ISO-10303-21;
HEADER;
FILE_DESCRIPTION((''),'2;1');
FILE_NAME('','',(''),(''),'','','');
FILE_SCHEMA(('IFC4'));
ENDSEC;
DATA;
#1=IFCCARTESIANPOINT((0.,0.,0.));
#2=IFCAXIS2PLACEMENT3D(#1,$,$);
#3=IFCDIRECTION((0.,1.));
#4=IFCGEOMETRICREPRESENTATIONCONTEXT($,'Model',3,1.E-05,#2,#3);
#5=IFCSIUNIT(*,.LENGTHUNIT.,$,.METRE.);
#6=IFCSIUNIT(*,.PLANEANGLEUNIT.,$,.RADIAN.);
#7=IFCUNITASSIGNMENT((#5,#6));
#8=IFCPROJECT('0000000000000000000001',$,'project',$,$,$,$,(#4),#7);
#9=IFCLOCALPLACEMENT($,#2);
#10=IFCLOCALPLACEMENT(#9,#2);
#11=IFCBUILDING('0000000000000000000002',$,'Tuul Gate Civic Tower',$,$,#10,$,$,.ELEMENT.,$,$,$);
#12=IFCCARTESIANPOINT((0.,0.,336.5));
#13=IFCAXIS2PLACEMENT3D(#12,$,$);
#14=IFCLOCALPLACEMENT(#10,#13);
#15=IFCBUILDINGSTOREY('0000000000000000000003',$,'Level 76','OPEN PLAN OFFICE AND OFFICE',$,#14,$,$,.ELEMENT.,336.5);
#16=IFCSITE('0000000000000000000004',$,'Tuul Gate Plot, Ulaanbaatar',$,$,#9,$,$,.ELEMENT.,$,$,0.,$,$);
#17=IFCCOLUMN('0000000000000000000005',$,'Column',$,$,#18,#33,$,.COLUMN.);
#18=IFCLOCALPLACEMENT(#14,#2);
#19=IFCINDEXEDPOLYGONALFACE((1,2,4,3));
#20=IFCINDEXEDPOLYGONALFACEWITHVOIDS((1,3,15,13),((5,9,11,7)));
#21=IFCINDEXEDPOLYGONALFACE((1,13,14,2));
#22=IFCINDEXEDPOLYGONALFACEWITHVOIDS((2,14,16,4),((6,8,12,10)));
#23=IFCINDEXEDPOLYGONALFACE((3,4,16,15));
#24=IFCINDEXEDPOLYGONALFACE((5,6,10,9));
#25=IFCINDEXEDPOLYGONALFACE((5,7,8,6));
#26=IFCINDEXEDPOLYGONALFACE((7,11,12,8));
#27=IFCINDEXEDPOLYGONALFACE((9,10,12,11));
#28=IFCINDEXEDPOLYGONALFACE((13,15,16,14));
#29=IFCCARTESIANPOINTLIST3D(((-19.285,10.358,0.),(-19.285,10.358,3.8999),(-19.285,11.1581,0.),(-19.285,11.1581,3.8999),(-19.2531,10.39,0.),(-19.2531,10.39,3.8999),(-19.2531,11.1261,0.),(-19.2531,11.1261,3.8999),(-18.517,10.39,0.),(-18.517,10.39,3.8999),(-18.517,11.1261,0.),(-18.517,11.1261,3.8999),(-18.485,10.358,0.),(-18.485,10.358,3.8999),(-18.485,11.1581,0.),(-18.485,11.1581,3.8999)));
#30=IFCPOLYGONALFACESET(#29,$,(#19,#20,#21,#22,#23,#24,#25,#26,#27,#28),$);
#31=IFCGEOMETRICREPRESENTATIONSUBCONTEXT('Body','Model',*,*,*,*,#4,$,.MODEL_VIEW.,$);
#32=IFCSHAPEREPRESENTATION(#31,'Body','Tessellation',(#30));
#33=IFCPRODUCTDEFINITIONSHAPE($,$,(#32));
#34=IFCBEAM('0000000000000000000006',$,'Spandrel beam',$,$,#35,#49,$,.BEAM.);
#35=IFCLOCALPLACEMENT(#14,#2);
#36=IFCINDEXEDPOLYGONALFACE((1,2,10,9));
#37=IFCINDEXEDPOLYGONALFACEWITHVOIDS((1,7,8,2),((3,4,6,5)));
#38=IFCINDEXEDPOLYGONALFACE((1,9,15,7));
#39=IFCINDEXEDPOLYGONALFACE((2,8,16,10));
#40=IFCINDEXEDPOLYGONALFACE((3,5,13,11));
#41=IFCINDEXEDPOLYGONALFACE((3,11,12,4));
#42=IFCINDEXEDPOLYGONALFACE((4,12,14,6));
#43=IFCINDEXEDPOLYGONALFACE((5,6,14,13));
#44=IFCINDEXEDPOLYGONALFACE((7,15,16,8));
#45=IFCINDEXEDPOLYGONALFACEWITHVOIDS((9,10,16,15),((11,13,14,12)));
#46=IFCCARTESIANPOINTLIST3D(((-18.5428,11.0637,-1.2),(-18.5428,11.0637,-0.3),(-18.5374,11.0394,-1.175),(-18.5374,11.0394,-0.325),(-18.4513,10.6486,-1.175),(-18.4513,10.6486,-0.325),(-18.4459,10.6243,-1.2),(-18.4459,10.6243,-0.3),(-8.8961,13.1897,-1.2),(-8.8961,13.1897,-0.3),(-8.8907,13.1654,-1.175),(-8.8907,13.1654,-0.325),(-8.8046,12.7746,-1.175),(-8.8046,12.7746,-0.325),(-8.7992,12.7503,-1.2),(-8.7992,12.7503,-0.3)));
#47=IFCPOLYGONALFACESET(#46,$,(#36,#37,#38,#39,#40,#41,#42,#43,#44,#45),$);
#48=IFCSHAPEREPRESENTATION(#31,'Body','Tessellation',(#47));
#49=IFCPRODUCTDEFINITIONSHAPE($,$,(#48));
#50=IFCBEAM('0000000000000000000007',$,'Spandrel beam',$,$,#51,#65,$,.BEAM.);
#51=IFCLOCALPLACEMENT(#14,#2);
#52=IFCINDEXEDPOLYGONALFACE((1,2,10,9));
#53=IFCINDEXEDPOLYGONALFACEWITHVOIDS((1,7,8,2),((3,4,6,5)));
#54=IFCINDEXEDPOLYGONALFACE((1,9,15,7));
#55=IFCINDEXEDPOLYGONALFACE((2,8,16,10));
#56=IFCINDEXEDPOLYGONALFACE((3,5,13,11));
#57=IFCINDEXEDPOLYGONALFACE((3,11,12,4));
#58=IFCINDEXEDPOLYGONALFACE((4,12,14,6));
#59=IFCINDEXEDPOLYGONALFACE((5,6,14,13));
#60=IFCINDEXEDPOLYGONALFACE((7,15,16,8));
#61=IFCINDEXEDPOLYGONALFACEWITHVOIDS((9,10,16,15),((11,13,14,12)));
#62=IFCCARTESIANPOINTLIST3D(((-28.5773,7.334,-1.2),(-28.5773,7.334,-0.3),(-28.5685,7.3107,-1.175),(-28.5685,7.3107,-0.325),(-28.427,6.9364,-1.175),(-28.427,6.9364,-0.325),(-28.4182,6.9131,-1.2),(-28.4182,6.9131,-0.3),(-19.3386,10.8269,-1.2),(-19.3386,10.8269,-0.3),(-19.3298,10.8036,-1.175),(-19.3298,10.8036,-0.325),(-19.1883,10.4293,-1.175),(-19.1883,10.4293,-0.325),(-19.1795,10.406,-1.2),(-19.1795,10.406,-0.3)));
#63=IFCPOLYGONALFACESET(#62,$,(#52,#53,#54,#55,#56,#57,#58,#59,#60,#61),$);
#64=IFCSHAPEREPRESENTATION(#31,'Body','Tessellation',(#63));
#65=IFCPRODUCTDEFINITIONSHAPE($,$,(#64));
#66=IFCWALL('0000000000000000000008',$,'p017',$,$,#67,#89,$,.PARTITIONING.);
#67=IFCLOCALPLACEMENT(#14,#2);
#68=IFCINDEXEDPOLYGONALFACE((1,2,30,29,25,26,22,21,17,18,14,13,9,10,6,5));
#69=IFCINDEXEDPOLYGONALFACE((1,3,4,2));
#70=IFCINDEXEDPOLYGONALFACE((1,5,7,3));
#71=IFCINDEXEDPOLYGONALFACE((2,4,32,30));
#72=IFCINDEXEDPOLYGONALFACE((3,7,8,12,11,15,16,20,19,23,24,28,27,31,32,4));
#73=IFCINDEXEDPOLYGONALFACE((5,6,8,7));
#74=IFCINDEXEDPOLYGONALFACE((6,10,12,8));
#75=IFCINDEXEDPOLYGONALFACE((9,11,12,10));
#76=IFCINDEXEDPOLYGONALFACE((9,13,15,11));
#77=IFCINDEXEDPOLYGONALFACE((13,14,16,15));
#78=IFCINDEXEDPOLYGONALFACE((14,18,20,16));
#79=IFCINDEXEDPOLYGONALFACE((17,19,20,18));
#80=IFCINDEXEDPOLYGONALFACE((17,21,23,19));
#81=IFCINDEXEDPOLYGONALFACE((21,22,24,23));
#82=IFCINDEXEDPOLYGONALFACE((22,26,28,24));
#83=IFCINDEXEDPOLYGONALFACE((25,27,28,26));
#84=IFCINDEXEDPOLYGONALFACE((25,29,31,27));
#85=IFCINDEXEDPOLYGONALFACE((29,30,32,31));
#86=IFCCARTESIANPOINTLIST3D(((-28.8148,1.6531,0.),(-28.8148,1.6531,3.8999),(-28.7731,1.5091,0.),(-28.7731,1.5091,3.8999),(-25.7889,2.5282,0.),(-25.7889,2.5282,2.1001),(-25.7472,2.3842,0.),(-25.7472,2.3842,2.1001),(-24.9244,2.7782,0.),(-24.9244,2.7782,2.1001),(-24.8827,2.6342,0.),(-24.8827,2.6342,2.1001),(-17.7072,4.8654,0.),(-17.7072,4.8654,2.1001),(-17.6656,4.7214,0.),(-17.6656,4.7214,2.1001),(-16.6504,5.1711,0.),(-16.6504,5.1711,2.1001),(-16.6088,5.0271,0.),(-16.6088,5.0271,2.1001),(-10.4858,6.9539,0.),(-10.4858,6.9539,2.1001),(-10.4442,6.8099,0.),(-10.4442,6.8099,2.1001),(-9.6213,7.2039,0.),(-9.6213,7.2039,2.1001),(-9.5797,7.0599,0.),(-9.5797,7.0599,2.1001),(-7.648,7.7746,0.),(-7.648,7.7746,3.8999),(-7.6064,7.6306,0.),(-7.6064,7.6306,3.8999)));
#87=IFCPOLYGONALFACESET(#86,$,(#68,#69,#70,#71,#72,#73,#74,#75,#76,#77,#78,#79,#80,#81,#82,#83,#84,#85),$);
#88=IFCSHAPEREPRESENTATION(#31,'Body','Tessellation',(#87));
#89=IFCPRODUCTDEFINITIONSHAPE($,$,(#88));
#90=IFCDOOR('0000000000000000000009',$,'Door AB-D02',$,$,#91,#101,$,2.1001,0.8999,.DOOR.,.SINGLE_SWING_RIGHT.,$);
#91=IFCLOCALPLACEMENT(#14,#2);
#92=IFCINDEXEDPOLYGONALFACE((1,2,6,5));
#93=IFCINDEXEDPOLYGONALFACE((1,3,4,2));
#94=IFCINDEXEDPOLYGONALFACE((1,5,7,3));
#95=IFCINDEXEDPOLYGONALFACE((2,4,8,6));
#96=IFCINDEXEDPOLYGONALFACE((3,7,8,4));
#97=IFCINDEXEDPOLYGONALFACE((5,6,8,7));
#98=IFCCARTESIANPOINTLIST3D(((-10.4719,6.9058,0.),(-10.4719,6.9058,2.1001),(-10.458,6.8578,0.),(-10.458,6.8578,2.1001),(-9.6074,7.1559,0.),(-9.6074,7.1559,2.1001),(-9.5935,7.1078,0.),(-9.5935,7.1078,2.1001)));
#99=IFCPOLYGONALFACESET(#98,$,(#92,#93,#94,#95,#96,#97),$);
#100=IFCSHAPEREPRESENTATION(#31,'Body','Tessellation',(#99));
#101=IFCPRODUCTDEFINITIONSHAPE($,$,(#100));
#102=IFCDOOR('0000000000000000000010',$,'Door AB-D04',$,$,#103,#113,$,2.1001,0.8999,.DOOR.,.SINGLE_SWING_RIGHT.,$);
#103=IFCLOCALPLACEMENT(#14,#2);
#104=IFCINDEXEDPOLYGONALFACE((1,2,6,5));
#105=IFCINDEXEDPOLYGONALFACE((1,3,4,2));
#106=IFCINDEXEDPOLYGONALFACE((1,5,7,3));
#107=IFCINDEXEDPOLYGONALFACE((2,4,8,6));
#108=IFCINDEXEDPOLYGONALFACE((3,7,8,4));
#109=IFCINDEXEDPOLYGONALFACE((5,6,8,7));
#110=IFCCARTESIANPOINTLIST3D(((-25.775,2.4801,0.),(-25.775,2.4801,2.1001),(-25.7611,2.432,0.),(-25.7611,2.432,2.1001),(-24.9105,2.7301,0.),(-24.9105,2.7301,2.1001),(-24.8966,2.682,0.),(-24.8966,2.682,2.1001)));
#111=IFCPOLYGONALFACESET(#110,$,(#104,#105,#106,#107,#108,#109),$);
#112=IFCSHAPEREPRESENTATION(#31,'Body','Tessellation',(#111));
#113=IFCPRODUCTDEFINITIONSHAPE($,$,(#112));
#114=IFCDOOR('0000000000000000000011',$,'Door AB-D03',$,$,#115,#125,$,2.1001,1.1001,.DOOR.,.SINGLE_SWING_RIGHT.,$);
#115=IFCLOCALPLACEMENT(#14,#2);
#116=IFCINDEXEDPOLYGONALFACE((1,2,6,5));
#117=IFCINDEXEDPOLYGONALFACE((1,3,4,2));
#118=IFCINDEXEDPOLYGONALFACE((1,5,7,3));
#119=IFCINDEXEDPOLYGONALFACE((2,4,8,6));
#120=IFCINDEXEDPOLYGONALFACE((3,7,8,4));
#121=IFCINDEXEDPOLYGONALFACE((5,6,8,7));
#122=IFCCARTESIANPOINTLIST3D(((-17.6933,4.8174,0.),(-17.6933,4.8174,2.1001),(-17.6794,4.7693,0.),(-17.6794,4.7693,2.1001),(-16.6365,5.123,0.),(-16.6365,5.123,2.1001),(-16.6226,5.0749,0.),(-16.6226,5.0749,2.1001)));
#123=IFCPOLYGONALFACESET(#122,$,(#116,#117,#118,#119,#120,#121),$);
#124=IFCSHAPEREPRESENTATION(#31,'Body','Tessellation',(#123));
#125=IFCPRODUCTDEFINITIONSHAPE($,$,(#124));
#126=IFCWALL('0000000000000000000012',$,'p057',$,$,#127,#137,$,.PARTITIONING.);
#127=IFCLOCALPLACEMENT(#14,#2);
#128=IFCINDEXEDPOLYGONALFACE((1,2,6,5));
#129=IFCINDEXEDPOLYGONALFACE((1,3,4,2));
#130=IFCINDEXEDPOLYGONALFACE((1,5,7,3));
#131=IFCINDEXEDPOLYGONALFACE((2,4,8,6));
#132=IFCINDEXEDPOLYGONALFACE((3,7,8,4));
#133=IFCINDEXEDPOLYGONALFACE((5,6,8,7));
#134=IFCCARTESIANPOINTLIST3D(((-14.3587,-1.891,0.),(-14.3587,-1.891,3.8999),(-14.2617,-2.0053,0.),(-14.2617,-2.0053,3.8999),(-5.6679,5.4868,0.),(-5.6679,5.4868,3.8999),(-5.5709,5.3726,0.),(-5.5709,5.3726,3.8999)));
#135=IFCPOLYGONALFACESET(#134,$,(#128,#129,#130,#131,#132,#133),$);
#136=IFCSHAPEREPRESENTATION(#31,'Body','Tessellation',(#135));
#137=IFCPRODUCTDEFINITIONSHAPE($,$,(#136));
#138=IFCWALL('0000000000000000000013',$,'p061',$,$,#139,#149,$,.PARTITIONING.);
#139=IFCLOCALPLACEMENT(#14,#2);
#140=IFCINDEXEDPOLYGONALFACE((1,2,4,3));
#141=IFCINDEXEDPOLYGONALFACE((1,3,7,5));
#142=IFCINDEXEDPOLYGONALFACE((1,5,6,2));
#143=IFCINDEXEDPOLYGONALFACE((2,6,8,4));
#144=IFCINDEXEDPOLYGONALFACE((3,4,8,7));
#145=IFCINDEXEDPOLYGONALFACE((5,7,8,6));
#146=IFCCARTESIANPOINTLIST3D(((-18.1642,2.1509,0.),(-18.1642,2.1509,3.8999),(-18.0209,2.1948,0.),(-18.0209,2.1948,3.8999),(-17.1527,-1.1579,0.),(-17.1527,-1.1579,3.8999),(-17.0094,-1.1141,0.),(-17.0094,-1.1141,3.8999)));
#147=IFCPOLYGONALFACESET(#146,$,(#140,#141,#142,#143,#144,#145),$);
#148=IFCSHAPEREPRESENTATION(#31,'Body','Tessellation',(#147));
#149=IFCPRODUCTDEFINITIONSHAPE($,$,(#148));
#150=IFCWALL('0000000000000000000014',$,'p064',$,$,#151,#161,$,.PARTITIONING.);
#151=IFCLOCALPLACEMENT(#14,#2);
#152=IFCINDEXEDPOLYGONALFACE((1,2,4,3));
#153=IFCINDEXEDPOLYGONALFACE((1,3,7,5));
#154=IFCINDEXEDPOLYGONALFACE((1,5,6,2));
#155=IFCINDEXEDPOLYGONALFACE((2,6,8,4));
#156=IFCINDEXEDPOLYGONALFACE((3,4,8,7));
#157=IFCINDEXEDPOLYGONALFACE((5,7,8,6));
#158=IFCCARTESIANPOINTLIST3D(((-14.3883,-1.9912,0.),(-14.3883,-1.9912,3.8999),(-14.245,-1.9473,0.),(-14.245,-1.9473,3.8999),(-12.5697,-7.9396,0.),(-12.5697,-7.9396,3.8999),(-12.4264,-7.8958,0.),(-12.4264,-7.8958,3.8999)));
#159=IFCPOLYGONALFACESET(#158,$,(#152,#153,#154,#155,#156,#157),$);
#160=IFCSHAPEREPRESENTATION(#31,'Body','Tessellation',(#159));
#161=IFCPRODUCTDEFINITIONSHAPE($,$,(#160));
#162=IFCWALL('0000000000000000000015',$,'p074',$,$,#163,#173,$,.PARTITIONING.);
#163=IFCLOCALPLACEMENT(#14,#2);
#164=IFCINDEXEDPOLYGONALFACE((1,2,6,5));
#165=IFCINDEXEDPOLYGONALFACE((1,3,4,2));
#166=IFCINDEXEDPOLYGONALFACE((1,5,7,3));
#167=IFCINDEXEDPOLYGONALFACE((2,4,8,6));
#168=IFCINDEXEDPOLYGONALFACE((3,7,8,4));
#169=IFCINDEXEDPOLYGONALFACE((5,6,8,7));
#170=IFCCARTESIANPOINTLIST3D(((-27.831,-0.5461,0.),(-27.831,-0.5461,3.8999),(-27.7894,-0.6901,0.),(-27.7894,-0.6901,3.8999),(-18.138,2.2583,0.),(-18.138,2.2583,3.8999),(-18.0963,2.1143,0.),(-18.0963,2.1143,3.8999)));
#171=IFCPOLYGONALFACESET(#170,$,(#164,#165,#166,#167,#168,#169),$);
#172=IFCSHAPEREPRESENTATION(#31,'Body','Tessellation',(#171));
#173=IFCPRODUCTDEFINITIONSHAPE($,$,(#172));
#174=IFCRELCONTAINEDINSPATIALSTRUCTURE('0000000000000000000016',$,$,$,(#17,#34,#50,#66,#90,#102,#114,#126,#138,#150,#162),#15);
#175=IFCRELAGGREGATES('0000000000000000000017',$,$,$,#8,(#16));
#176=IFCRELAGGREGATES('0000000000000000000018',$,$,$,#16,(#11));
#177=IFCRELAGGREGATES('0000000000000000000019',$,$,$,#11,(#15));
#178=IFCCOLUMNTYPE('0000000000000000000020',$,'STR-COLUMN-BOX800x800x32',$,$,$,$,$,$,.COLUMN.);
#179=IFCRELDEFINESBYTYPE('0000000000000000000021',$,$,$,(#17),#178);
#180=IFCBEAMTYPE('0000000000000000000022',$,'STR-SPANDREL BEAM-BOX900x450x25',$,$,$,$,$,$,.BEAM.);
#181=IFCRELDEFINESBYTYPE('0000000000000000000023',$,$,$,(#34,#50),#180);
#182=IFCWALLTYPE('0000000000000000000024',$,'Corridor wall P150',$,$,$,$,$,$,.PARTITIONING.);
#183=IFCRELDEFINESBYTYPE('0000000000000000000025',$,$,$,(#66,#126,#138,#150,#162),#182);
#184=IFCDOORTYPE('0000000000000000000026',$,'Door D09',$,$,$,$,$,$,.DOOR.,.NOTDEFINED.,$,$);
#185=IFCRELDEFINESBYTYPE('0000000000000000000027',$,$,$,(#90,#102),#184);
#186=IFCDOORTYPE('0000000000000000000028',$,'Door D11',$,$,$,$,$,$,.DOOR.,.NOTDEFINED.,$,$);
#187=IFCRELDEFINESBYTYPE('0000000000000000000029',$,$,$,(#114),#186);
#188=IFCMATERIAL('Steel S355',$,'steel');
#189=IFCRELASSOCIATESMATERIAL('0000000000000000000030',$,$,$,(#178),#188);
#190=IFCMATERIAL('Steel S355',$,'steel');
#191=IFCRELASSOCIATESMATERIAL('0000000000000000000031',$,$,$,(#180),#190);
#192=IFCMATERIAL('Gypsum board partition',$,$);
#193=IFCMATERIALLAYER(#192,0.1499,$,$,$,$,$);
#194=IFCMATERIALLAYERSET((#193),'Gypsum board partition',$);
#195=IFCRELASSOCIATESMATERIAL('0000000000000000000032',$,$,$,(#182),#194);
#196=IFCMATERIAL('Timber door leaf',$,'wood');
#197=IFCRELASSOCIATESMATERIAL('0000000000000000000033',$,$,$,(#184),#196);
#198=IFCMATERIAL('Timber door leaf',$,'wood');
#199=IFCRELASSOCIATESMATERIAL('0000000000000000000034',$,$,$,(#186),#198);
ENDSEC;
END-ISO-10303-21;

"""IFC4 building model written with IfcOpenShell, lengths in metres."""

from ifc_helpers import new_model, si_unit, direction, frame, frame_2d, origin, origin_2d, place, context, subcontext, project, spatial, rectangle, hollow_rectangle, extrude, material, layer, layer_set, material_profile, profile_set, type_object, element, fill, save


model = new_model("IFC4")

# Units and contexts
model_context = context("Model", 3, precision=1e-05, world=origin(), true_north=direction((0.0, 1.0)))
body_context = subcontext(model_context, "Body", "Model", "MODEL_VIEW")
ifc_project = project(units=[si_unit("LENGTHUNIT", "METRE"), si_unit("PLANEANGLEUNIT", "RADIAN")], contexts=[model_context])

# Site, building, storey
site_placement = place(None, origin())
site = spatial("IfcSite", under=ifc_project, at=site_placement, Name="Tuul Gate Plot, Ulaanbaatar", CompositionType="ELEMENT", RefElevation=0.0)
building_placement = place(site_placement, origin())
building = spatial("IfcBuilding", under=site, at=building_placement, Name="Tuul Gate Civic Tower", CompositionType="ELEMENT")
storey_placement = place(building_placement, frame((0.0, 0.0, 336.5)))
storey = spatial("IfcBuildingStorey", under=building, at=storey_placement, Name="Level 76", Description="OPEN PLAN OFFICE AND OFFICE", CompositionType="ELEMENT", Elevation=336.5)

# Column
ifc_material_1 = material(Name="Steel S355", Category="steel")
ifc_material_profile_1 = material_profile(ifc_material_1, hollow_rectangle(XDim=0.8, YDim=0.8, WallThickness=0.032, at=origin_2d()), Name="BOX800x800x32")
ifc_profile_set_1 = profile_set([ifc_material_profile_1], Name="Steel S355")
column_type = type_object("IfcColumnType", Name="STR-COLUMN-BOX800x800x32", PredefinedType="COLUMN", material=ifc_profile_set_1)
column_placement = place(storey_placement, frame((-18.885, 10.7581, 0.0), z_axis=(0.0, 0.0, 1.0), x_axis=(1.0, 0.0, 0.0)))
element("IfcColumn", 1, at=column_placement, inside=storey, type_object=column_type, Name="Column", PredefinedType="COLUMN", context=body_context, shape_type="SweptSolid", body=[
    extrude(hollow_rectangle(XDim=0.8, YDim=0.8, WallThickness=0.032, at=origin_2d()), origin(), (0.0, 0.0, 1.0), 3.8999),
])

# Beams
ifc_material_2 = material(Name="Steel S355", Category="steel")
ifc_material_profile_2 = material_profile(ifc_material_2, hollow_rectangle(XDim=0.45, YDim=0.8999, WallThickness=0.0249, at=origin_2d()), Name="BOX900x450x25")
ifc_profile_set_2 = profile_set([ifc_material_profile_2], Name="Steel S355")
beam_type = type_object("IfcBeamType", Name="STR-SPANDREL BEAM-BOX900x450x25", PredefinedType="BEAM", material=ifc_profile_set_2)
beam_1_placement = place(storey_placement, frame((-8.8477, 12.97, -0.75), z_axis=(-0.976566, -0.215219, 0.0), x_axis=(0.215219, -0.976566, 0.0)))
element("IfcBeam", 2, at=beam_1_placement, inside=storey, type_object=beam_type, Name="Spandrel beam", PredefinedType="BEAM", context=body_context, shape_type="SweptSolid", body=[
    extrude(hollow_rectangle(XDim=0.45, YDim=0.8999, WallThickness=0.0249, at=origin_2d()), origin(), (0.0, 0.0, 1.0), 9.8782),
])
beam_2_placement = place(storey_placement, frame((-19.259, 10.6165, -0.75), z_axis=(-0.935381, -0.353641, 0.0), x_axis=(0.353641, -0.935381, 0.0)))
element("IfcBeam", 3, at=beam_2_placement, inside=storey, type_object=beam_type, Name="Spandrel beam", PredefinedType="BEAM", context=body_context, shape_type="SweptSolid", body=[
    extrude(hollow_rectangle(XDim=0.45, YDim=0.8999, WallThickness=0.0249, at=origin_2d()), origin(), (0.0, 0.0, 1.0), 9.877),
])

# Wall, openings, doors
ifc_material_3 = material(Name="Gypsum board partition")
ifc_layer_1 = layer(ifc_material_3, 0.1499)
ifc_layer_set_1 = layer_set([ifc_layer_1], Name="Gypsum board partition")
wall_type_1 = type_object("IfcWallType", Name="Corridor wall P150", PredefinedType="PARTITIONING", material=ifc_layer_set_1)
wall_1_placement = place(storey_placement, frame((-28.7939, 1.5811, 0.0), z_axis=(0.0, 0.0, 1.0), x_axis=(0.960633, 0.277822, 0.0)))
wall_1 = element("IfcWall", 4, at=wall_1_placement, inside=storey, type_object=wall_type_1, Name="p017", PredefinedType="PARTITIONING", context=body_context, shape_type="SweptSolid", body=[
    extrude(rectangle(XDim=22.0342, YDim=0.1499, at=frame_2d((11.0171, 0.0))), origin(), (0.0, 0.0, 1.0), 3.8999),
])
opening_1_placement = place(wall_1_placement, frame((19.0801, 0.0, 0.0)))
opening_1 = element("IfcOpeningElement", 5, at=opening_1_placement, cuts=wall_1, PredefinedType="OPENING", context=body_context, shape_type="SweptSolid", body=[
    extrude(rectangle(XDim=0.8999, YDim=2.1001, at=frame_2d((0.45, 1.05))), frame((0.0, 0.085, 0.0), z_axis=(0.0, -1.0, 0.0), x_axis=(1.0, 0.0, 0.0)), (0.0, 0.0, 1.0), 0.1699),
])
opening_2_placement = place(wall_1_placement, frame((11.5627, 0.0, 0.0)))
opening_2 = element("IfcOpeningElement", 6, at=opening_2_placement, cuts=wall_1, PredefinedType="OPENING", context=body_context, shape_type="SweptSolid", body=[
    extrude(rectangle(XDim=1.1001, YDim=2.1001, at=frame_2d((0.55, 1.05))), frame((0.0, 0.085, 0.0), z_axis=(0.0, -1.0, 0.0), x_axis=(1.0, 0.0, 0.0)), (0.0, 0.0, 1.0), 0.1699),
])
opening_3_placement = place(wall_1_placement, frame((3.1499, 0.0, 0.0)))
opening_3 = element("IfcOpeningElement", 7, at=opening_3_placement, cuts=wall_1, PredefinedType="OPENING", context=body_context, shape_type="SweptSolid", body=[
    extrude(rectangle(XDim=0.8999, YDim=2.1001, at=frame_2d((0.45, 1.05))), frame((0.0, 0.085, 0.0), z_axis=(0.0, -1.0, 0.0), x_axis=(1.0, 0.0, 0.0)), (0.0, 0.0, 1.0), 0.1699),
])
ifc_material_4 = material(Name="Timber door leaf", Category="wood")
door_type_1 = type_object("IfcDoorType", Name="Door D09", OperationType="NOTDEFINED", PredefinedType="DOOR", material=ifc_material_4)
door_1_placement = place(opening_1_placement, origin())
door_1 = element("IfcDoor", 8, at=door_1_placement, inside=storey, type_object=door_type_1, Name="Door AB-D02", OperationType="SINGLE_SWING_RIGHT", OverallHeight=2.1001, OverallWidth=0.8999, PredefinedType="DOOR", context=body_context, shape_type="SweptSolid", body=[
    extrude(rectangle(XDim=0.8999, YDim=2.1001, at=frame_2d((0.45, 1.05))), frame((0.0, 0.0249, 0.0), z_axis=(0.0, -1.0, 0.0), x_axis=(1.0, 0.0, 0.0)), (0.0, 0.0, 1.0), 0.05),
])
fill(opening_1, door_1)
door_2_placement = place(opening_3_placement, origin())
door_2 = element("IfcDoor", 9, at=door_2_placement, inside=storey, type_object=door_type_1, Name="Door AB-D04", OperationType="SINGLE_SWING_RIGHT", OverallHeight=2.1001, OverallWidth=0.8999, PredefinedType="DOOR", context=body_context, shape_type="SweptSolid", body=[
    extrude(rectangle(XDim=0.8999, YDim=2.1001, at=frame_2d((0.45, 1.05))), frame((0.0, 0.0249, 0.0), z_axis=(0.0, -1.0, 0.0), x_axis=(1.0, 0.0, 0.0)), (0.0, 0.0, 1.0), 0.05),
])
fill(opening_3, door_2)
ifc_material_5 = material(Name="Timber door leaf", Category="wood")
door_type_2 = type_object("IfcDoorType", Name="Door D11", OperationType="NOTDEFINED", PredefinedType="DOOR", material=ifc_material_5)
door_3_placement = place(opening_2_placement, origin())
door_3 = element("IfcDoor", 10, at=door_3_placement, inside=storey, type_object=door_type_2, Name="Door AB-D03", OperationType="SINGLE_SWING_RIGHT", OverallHeight=2.1001, OverallWidth=1.1001, PredefinedType="DOOR", context=body_context, shape_type="SweptSolid", body=[
    extrude(rectangle(XDim=1.1001, YDim=2.1001, at=frame_2d((0.55, 1.05))), frame((0.0, 0.0249, 0.0), z_axis=(0.0, -1.0, 0.0), x_axis=(1.0, 0.0, 0.0)), (0.0, 0.0, 1.0), 0.05),
])
fill(opening_2, door_3)

# Walls
wall_2_placement = place(storey_placement, frame((-14.3103, -1.9482, 0.0), z_axis=(0.0, 0.0, 1.0), x_axis=(0.762344, 0.647172, 0.0)))
element("IfcWall", 11, at=wall_2_placement, inside=storey, type_object=wall_type_1, Name="p057", PredefinedType="PARTITIONING", context=body_context, shape_type="SweptSolid", body=[
    extrude(rectangle(XDim=11.4001, YDim=0.1499, at=frame_2d((5.7002, 0.0))), origin(), (0.0, 0.0, 1.0), 3.8999),
])
wall_3_placement = place(storey_placement, frame((-18.0925, 2.1729, 0.0), z_axis=(0.0, 0.0, 1.0), x_axis=(0.292335, -0.956316, 0.0)))
element("IfcWall", 12, at=wall_3_placement, inside=storey, type_object=wall_type_1, Name="p061", PredefinedType="PARTITIONING", context=body_context, shape_type="SweptSolid", body=[
    extrude(rectangle(XDim=3.46, YDim=0.1499, at=frame_2d((1.73, 0.0))), origin(), (0.0, 0.0, 1.0), 3.8999),
])
wall_4_placement = place(storey_placement, frame((-14.3167, -1.9692, 0.0), z_axis=(0.0, 0.0, 1.0), x_axis=(0.292367, -0.956306, 0.0)))
element("IfcWall", 13, at=wall_4_placement, inside=storey, type_object=wall_type_1, Name="p064", PredefinedType="PARTITIONING", context=body_context, shape_type="SweptSolid", body=[
    extrude(rectangle(XDim=6.2202, YDim=0.1499, at=frame_2d((3.1101, 0.0))), origin(), (0.0, 0.0, 1.0), 3.8999),
])
wall_5_placement = place(storey_placement, frame((-27.8103, -0.6182, 0.0), z_axis=(0.0, 0.0, 1.0), x_axis=(0.960603, 0.277925, 0.0)))
element("IfcWall", 14, at=wall_5_placement, inside=storey, type_object=wall_type_1, Name="p074", PredefinedType="PARTITIONING", context=body_context, shape_type="SweptSolid", body=[
    extrude(rectangle(XDim=10.0906, YDim=0.1499, at=frame_2d((5.0454, 0.0))), origin(), (0.0, 0.0, 1.0), 3.8999),
])

save(model, "model.ifc")
